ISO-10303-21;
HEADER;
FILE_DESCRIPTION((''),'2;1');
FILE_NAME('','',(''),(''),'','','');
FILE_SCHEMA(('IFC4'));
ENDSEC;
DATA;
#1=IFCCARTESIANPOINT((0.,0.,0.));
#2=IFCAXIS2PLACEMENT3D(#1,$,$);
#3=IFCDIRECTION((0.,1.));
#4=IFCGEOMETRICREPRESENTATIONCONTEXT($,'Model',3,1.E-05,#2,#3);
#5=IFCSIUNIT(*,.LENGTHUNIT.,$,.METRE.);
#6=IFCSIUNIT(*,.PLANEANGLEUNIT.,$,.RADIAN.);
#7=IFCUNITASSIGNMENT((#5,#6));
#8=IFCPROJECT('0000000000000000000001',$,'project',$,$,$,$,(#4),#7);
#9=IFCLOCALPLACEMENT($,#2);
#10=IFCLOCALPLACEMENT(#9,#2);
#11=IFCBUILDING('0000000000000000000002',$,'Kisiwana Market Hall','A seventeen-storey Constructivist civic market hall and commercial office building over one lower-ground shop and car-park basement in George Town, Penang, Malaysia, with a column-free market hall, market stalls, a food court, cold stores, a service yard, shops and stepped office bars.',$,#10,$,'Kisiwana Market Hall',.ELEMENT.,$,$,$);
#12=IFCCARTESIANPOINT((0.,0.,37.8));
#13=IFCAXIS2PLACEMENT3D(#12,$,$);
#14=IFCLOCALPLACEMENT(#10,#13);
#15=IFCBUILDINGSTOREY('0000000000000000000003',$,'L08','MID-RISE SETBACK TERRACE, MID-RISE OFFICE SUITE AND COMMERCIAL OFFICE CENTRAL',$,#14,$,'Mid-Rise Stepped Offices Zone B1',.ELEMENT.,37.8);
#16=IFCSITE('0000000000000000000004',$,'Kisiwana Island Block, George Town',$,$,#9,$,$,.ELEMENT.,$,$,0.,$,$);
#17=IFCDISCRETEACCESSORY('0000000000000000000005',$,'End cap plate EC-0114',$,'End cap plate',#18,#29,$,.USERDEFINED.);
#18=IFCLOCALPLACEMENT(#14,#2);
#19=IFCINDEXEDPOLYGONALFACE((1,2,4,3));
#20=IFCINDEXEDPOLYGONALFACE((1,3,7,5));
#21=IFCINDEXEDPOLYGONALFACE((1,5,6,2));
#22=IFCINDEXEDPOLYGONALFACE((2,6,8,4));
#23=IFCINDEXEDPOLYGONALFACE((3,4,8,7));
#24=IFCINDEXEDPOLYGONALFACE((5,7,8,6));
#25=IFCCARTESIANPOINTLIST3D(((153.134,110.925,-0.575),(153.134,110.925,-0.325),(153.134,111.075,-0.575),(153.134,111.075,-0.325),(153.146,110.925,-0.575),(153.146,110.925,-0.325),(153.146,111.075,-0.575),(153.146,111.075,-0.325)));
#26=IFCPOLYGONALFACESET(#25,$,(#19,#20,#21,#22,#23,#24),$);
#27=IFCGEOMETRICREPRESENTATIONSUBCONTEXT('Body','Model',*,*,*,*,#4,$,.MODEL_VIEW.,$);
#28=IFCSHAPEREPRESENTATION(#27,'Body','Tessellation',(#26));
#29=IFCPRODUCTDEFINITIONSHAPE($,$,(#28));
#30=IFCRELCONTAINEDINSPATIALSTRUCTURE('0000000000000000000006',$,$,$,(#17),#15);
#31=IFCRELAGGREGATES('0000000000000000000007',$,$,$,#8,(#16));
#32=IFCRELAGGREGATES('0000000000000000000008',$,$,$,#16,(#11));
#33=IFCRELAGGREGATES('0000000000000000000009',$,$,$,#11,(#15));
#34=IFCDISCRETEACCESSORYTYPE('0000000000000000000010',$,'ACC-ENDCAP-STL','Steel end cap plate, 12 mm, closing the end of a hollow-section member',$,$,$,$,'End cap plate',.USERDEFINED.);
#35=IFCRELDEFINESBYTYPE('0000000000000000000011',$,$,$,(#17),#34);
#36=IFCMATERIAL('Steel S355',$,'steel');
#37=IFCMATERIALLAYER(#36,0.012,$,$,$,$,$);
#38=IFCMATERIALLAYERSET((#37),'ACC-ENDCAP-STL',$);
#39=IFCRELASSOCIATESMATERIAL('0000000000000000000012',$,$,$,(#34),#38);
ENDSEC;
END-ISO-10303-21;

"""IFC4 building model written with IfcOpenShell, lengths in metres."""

from ifc_helpers import new_model, si_unit, direction, frame, origin, place, context, subcontext, project, spatial, polyline, outline, extrude, material, layer, layer_set, type_object, element, save


model = new_model("IFC4")

# Units and contexts
model_context = context("Model", 3, precision=1e-05, world=origin(), true_north=direction((0.0, 1.0)))
body_context = subcontext(model_context, "Body", "Model", "MODEL_VIEW")
ifc_project = project(units=[si_unit("LENGTHUNIT", "METRE"), si_unit("PLANEANGLEUNIT", "RADIAN")], contexts=[model_context])

# Site, building, storey
site_placement = place(None, origin())
site = spatial("IfcSite", under=ifc_project, at=site_placement, Name="Kisiwana Island Block, George Town", CompositionType="ELEMENT", RefElevation=0.0)
building_placement = place(site_placement, origin())
building = spatial("IfcBuilding", under=site, at=building_placement, Name="Kisiwana Market Hall", Description="A seventeen-storey Constructivist civic market hall and commercial office building over one lower-ground shop and car-park basement in George Town, Penang, Malaysia, with a column-free market hall, market stalls, a food court, cold stores, a service yard, shops and stepped office bars.", LongName="Kisiwana Market Hall", CompositionType="ELEMENT")
storey_placement = place(building_placement, frame((0.0, 0.0, 37.8)))
storey = spatial("IfcBuildingStorey", under=building, at=storey_placement, Name="L08", Description="MID-RISE SETBACK TERRACE, MID-RISE OFFICE SUITE AND COMMERCIAL OFFICE CENTRAL", LongName="Mid-Rise Stepped Offices Zone B1", CompositionType="ELEMENT", Elevation=37.8)

# Discrete accessory
ifc_material_1 = material(Name="Steel S355", Category="steel")
ifc_layer_1 = layer(ifc_material_1, 0.012)
ifc_layer_set_1 = layer_set([ifc_layer_1], Name="ACC-ENDCAP-STL")
discrete_accessory_type = type_object("IfcDiscreteAccessoryType", Name="ACC-ENDCAP-STL", Description="Steel end cap plate, 12 mm, closing the end of a hollow-section member", ElementType="End cap plate", PredefinedType="USERDEFINED", material=ifc_layer_set_1)
discrete_accessory_1_placement = place(storey_placement, frame((0.0, 0.0, -0.575)))
element("IfcDiscreteAccessory", 1, at=discrete_accessory_1_placement, inside=storey, type_object=discrete_accessory_type, Name="End cap plate EC-0114", ObjectType="End cap plate", PredefinedType="USERDEFINED", context=body_context, shape_type="SweptSolid", body=[
    extrude(outline(polyline([(153.146, 110.925), (153.146, 111.075), (153.134, 111.075), (153.134, 110.925), (153.146, 110.925)])), origin(), (0.0, 0.0, 1.0), 0.25),
])

save(model, "model.ifc")
